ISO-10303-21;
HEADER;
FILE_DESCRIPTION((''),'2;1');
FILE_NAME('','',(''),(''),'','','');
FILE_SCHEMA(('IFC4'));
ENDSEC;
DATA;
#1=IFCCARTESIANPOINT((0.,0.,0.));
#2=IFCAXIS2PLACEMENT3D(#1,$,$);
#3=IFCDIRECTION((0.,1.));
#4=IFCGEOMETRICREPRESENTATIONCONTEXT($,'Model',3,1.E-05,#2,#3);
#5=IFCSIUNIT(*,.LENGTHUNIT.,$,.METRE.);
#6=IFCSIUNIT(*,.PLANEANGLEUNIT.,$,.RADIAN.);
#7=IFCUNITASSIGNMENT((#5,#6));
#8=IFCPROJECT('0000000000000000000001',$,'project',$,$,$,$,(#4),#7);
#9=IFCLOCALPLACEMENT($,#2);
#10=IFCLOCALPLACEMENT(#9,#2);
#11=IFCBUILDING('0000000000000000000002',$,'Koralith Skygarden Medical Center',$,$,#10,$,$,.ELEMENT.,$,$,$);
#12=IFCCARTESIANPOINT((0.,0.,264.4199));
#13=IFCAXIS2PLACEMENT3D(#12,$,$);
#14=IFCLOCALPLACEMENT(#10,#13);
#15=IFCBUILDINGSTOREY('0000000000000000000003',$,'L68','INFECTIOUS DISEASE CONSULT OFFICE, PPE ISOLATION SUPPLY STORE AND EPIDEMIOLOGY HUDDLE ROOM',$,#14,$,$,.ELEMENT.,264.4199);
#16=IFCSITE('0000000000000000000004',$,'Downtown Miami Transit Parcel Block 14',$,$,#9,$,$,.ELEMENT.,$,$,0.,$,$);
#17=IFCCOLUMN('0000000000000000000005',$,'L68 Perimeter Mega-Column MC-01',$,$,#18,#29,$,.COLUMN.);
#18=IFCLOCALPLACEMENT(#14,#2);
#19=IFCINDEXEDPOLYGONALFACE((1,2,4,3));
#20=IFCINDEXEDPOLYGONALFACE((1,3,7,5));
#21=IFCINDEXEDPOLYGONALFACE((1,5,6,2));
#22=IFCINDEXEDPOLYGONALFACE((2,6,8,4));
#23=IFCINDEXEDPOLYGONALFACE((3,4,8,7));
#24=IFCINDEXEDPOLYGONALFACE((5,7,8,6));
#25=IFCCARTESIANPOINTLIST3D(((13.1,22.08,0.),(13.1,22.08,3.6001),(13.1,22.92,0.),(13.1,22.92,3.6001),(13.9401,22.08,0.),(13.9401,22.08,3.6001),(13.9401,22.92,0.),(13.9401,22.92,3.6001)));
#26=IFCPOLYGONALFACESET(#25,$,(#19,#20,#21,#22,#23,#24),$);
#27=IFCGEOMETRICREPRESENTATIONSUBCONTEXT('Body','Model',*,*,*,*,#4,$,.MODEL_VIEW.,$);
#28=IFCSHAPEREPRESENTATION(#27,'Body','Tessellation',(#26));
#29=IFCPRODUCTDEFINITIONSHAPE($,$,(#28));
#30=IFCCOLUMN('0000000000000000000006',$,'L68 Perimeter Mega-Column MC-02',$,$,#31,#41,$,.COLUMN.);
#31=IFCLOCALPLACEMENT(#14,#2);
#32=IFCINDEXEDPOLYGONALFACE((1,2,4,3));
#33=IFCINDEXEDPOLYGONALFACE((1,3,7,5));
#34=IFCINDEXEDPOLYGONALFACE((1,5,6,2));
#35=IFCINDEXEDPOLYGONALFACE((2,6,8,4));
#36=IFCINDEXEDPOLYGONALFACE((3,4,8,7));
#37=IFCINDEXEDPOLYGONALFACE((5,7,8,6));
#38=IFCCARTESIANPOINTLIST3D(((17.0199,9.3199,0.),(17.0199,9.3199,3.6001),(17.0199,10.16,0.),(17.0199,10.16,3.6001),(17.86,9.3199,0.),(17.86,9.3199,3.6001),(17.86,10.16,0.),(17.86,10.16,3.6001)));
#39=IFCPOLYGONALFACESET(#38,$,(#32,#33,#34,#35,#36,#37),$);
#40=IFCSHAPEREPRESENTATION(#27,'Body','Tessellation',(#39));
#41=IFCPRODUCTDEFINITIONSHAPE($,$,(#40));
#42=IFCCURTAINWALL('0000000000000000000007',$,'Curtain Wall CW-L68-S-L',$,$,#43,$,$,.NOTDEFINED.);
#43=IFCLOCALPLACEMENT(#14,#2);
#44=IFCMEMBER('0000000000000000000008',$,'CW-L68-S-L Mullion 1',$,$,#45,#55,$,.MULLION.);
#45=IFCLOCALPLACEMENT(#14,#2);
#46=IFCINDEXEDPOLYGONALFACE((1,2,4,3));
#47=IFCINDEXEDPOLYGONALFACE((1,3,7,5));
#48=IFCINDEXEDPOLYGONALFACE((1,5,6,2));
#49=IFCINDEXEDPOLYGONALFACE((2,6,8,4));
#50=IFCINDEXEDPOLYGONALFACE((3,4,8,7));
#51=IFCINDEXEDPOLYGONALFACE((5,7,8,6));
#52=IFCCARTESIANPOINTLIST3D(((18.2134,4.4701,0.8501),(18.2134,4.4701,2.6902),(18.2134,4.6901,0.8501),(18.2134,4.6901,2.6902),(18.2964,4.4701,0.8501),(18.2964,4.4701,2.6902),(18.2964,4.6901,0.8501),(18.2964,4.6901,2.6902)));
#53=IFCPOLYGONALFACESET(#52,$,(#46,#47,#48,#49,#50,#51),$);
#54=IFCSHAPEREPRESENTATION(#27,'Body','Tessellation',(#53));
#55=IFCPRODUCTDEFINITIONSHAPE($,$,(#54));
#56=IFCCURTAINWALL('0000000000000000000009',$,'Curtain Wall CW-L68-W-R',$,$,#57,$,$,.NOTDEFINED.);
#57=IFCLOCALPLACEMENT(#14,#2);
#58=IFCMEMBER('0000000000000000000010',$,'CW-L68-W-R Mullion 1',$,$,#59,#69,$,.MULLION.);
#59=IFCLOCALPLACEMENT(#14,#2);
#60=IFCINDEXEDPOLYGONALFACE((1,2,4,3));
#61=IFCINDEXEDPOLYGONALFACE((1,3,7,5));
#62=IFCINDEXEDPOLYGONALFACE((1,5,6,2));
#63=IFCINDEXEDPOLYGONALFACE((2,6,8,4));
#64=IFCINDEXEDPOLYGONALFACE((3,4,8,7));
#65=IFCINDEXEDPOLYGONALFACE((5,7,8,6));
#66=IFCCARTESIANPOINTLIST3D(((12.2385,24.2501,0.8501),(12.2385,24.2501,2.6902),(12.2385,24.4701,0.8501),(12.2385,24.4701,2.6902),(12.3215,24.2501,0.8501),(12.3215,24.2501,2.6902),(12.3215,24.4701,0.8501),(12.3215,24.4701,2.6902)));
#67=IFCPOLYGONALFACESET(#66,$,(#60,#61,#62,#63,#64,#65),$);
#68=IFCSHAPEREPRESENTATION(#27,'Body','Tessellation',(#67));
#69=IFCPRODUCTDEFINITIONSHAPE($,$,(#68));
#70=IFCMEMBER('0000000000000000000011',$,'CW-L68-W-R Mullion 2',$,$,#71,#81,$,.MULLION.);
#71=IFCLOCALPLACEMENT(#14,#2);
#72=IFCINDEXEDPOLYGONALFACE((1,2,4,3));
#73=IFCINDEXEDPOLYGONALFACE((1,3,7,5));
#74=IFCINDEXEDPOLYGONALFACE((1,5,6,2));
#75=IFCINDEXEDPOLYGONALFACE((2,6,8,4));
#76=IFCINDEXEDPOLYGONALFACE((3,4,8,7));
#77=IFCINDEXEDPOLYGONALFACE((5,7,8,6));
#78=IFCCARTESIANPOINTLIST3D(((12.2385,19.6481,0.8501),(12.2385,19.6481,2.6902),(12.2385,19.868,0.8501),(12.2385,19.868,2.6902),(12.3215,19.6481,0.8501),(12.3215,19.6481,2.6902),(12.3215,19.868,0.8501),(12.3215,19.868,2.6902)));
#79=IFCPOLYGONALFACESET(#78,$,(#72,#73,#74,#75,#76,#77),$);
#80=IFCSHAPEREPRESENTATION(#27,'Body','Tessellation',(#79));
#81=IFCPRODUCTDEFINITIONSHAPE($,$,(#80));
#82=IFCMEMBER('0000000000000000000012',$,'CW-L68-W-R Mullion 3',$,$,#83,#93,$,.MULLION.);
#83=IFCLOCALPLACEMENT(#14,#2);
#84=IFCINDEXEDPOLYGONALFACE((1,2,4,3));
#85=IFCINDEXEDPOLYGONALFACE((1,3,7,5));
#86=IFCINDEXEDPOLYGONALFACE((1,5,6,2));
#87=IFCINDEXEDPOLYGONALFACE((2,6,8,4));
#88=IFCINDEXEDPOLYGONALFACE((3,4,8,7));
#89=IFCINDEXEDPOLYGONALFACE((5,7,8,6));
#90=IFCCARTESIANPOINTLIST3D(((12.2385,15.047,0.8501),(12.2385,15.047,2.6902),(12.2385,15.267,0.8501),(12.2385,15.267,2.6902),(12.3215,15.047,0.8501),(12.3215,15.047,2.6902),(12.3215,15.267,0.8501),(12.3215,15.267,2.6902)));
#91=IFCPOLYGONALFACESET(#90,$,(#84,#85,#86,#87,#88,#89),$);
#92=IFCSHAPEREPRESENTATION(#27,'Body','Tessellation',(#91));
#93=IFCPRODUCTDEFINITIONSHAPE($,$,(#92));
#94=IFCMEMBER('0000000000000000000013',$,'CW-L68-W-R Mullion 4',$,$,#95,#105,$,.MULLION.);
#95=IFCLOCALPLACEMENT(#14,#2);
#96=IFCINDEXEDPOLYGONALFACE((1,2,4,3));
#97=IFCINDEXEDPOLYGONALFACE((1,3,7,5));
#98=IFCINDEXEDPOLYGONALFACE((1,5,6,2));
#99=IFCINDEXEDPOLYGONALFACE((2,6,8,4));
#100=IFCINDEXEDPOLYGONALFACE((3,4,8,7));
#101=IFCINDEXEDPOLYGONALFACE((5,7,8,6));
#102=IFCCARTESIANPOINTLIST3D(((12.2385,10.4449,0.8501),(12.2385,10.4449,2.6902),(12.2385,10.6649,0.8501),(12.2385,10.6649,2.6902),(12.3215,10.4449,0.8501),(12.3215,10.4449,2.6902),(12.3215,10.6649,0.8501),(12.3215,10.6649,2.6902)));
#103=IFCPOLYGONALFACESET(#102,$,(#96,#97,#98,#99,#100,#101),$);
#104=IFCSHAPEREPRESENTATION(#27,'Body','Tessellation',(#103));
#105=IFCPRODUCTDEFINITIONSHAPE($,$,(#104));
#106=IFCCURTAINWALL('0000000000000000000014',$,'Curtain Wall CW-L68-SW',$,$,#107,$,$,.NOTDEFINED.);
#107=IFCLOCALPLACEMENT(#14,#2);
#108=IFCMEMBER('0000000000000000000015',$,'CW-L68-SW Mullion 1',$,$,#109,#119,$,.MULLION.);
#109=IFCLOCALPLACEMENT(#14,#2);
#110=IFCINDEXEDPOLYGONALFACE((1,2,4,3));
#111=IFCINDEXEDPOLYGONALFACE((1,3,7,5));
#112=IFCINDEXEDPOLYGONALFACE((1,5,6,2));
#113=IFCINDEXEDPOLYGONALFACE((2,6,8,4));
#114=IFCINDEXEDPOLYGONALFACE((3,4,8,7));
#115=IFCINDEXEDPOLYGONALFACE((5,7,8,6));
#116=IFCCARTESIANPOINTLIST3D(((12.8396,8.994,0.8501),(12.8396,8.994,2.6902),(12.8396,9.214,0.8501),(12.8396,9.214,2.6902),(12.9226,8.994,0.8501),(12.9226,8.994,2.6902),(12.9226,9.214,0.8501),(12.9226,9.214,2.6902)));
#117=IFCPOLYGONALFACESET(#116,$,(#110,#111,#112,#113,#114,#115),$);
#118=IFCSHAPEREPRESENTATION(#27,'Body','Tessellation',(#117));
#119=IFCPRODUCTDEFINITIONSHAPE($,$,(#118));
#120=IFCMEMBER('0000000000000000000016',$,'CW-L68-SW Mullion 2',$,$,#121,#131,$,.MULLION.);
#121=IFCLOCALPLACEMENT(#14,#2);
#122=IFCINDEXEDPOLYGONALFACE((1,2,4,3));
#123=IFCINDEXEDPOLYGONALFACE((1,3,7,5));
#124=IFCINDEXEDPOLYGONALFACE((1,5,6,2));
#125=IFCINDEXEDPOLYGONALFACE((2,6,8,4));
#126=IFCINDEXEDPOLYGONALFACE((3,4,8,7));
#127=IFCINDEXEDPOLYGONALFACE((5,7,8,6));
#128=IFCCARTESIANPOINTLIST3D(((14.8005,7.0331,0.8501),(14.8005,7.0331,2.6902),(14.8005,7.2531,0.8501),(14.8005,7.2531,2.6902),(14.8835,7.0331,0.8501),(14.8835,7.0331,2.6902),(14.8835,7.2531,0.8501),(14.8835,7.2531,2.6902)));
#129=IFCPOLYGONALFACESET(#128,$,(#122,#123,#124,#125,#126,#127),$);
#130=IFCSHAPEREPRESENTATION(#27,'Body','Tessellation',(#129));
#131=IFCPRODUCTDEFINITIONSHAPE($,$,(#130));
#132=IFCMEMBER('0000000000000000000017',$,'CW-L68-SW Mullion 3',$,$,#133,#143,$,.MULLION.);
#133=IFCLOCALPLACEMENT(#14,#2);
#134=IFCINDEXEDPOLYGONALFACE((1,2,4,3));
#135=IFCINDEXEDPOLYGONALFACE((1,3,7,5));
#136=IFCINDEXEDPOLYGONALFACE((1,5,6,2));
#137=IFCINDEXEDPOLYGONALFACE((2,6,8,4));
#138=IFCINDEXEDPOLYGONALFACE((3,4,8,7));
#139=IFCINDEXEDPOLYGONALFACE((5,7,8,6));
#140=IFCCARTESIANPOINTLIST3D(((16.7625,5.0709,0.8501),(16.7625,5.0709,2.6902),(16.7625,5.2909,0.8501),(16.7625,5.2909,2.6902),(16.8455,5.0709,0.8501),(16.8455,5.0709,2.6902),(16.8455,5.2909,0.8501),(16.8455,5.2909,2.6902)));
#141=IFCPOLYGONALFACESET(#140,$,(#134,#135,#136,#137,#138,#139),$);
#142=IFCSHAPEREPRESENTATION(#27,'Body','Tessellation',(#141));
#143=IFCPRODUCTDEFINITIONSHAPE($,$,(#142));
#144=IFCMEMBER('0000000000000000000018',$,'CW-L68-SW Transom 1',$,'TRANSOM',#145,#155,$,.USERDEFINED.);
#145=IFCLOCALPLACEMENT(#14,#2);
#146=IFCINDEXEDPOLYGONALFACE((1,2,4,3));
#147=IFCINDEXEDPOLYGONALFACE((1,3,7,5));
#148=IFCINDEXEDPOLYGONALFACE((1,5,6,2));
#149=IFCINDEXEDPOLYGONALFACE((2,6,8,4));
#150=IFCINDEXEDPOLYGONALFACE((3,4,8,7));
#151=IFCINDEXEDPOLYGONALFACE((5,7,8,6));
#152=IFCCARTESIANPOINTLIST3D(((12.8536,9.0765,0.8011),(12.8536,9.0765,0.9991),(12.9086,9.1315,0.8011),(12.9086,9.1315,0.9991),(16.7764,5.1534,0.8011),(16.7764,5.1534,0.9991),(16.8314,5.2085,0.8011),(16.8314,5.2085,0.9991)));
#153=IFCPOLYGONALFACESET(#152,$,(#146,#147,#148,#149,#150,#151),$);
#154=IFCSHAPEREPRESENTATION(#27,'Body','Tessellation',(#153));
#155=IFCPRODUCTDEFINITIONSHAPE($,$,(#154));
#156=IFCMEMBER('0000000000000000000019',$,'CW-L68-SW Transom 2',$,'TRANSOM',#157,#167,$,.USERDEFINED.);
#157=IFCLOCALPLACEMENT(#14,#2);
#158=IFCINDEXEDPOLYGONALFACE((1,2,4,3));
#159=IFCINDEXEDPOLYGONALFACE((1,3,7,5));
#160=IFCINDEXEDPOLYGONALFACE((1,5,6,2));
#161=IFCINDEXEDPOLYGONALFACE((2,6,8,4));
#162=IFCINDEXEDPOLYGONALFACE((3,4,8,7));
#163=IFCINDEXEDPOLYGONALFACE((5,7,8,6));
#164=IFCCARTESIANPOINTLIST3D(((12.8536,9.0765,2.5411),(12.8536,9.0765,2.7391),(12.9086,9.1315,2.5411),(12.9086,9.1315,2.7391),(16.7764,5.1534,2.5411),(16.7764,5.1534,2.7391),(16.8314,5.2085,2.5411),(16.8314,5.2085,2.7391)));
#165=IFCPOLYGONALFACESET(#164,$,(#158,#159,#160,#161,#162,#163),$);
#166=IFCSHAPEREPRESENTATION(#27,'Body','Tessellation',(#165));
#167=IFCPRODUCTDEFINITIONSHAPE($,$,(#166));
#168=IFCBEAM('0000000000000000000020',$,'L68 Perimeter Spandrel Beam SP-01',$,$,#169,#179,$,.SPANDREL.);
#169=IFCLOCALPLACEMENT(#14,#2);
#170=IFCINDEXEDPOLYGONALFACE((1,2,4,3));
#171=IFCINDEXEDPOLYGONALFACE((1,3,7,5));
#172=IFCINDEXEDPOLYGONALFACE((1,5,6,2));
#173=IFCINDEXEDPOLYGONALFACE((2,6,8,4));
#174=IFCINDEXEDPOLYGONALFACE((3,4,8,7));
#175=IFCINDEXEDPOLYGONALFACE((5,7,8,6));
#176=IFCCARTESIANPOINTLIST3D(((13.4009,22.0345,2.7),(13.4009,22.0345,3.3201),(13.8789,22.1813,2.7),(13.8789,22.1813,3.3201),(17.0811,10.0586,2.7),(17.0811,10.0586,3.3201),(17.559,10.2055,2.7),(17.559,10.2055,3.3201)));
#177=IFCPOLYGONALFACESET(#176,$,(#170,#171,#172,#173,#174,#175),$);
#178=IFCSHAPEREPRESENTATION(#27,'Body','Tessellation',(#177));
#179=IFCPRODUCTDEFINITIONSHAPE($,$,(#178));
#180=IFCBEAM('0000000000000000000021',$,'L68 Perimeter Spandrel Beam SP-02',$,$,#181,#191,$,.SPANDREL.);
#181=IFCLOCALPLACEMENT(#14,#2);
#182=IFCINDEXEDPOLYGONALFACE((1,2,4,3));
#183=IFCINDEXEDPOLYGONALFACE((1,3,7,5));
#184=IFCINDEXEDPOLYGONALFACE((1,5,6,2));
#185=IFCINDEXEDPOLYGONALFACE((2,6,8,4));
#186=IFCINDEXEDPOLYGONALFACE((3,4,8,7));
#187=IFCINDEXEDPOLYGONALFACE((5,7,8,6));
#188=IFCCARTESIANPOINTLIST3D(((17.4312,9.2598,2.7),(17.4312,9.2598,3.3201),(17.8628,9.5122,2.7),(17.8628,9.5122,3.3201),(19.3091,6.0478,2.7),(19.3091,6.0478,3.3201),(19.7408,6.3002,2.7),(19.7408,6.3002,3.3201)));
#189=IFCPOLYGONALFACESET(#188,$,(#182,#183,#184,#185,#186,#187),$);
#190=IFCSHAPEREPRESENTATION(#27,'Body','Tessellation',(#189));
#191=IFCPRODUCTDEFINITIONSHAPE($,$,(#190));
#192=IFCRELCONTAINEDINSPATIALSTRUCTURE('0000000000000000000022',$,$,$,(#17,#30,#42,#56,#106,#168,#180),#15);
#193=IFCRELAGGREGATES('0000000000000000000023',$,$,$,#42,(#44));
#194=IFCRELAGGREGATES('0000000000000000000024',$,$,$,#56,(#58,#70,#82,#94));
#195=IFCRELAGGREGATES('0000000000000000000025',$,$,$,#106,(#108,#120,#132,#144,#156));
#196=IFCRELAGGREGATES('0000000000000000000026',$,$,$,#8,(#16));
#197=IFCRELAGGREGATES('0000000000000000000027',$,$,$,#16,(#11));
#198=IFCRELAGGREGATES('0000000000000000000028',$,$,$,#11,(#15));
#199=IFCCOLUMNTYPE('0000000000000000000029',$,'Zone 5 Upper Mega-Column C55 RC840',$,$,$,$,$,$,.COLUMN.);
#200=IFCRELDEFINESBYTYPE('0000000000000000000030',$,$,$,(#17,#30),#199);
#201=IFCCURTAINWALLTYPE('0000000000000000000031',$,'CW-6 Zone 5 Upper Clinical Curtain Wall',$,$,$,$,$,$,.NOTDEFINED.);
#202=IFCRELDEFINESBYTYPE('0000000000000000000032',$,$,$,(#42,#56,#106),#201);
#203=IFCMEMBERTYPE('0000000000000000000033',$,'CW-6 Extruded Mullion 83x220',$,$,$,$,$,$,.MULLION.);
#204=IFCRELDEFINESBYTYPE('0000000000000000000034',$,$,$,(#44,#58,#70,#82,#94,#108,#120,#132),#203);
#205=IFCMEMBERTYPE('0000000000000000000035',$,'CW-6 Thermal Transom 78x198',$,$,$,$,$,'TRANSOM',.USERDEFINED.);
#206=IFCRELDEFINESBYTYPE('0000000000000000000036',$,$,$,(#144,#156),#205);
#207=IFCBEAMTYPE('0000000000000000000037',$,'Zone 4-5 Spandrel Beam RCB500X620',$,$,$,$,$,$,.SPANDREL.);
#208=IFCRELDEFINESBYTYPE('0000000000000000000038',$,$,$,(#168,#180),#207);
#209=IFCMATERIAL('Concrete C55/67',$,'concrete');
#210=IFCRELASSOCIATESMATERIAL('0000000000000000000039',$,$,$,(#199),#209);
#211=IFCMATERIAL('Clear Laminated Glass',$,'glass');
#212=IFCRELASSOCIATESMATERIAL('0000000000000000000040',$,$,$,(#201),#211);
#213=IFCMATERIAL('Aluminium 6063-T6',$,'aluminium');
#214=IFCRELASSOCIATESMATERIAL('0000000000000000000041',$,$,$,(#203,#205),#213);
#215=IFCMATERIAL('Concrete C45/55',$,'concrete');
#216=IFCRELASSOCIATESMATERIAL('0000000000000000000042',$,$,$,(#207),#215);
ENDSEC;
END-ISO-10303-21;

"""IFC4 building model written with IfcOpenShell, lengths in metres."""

from ifc_helpers import new_model, si_unit, direction, frame, origin, origin_2d, place, context, subcontext, project, spatial, rectangle, extrude, material, material_profile, profile_set, type_object, element, aggregate, save


model = new_model("IFC4")

# Units and contexts
model_context = context("Model", 3, precision=1e-05, world=origin(), true_north=direction((0.0, 1.0)))
body_context = subcontext(model_context, "Body", "Model", "MODEL_VIEW")
ifc_project = project(units=[si_unit("LENGTHUNIT", "METRE"), si_unit("PLANEANGLEUNIT", "RADIAN")], contexts=[model_context])

# Site, building, storey
site_placement = place(None, origin())
site = spatial("IfcSite", under=ifc_project, at=site_placement, Name="Downtown Miami Transit Parcel Block 14", CompositionType="ELEMENT", RefElevation=0.0)
building_placement = place(site_placement, origin())
building = spatial("IfcBuilding", under=site, at=building_placement, Name="Koralith Skygarden Medical Center", CompositionType="ELEMENT")
storey_placement = place(building_placement, frame((0.0, 0.0, 264.4199)))
storey = spatial("IfcBuildingStorey", under=building, at=storey_placement, Name="L68", Description="INFECTIOUS DISEASE CONSULT OFFICE, PPE ISOLATION SUPPLY STORE AND EPIDEMIOLOGY HUDDLE ROOM", CompositionType="ELEMENT", Elevation=264.4199)

# Columns
ifc_material_1 = material(Name="Concrete C55/67", Category="concrete")
ifc_material_profile_1 = material_profile(ifc_material_1, rectangle(XDim=0.8401, YDim=0.8401, at=origin_2d()), Name="RC840X840")
ifc_profile_set_1 = profile_set([ifc_material_profile_1], Name="Concrete C55/67")
column_type = type_object("IfcColumnType", Name="Zone 5 Upper Mega-Column C55 RC840", PredefinedType="COLUMN", material=ifc_profile_set_1)
for number, where, z_axis, x_axis, name in (
    (1, (13.52, 22.5, 0.0), (0.0, 0.0, 1.0), (1.0, 0.0, 0.0), "L68 Perimeter Mega-Column MC-01"),
    (2, (17.4399, 9.74, 0.0), (0.0, 0.0, 1.0), (1.0, 0.0, 0.0), "L68 Perimeter Mega-Column MC-02"),
):
    element("IfcColumn", number, at=place(storey_placement, frame(where, z_axis=z_axis, x_axis=x_axis)), inside=storey, type_object=column_type, Name=name, PredefinedType="COLUMN", context=body_context, shape_type="SweptSolid", body=[
        extrude(rectangle(XDim=0.8401, YDim=0.8401, at=origin_2d()), origin(), (0.0, 0.0, 1.0), 3.6001),
    ])

# Curtain wall, member
ifc_material_2 = material(Name="Clear Laminated Glass", Category="glass")
curtain_wall_type = type_object("IfcCurtainWallType", Name="CW-6 Zone 5 Upper Clinical Curtain Wall", PredefinedType="NOTDEFINED", material=ifc_material_2)
curtain_wall_1_placement = place(storey_placement, origin())
curtain_wall_1 = element("IfcCurtainWall", 3, at=curtain_wall_1_placement, inside=storey, type_object=curtain_wall_type, Name="Curtain Wall CW-L68-S-L", PredefinedType="NOTDEFINED")
ifc_material_3 = material(Name="Aluminium 6063-T6", Category="aluminium")
ifc_material_profile_2 = material_profile(ifc_material_3, rectangle(XDim=0.083, YDim=0.22, at=origin_2d()), Name="MUL83X220")
ifc_profile_set_2 = profile_set([ifc_material_profile_2], Name="Aluminium 6063-T6")
member_type_1 = type_object("IfcMemberType", Name="CW-6 Extruded Mullion 83x220", PredefinedType="MULLION", material=ifc_profile_set_2)
member_1_placement = place(storey_placement, frame((18.2549, 4.5801, 0.8501), z_axis=(0.0, 0.0, 1.0), x_axis=(1.0, 0.0, 0.0)))
member_1 = element("IfcMember", 4, at=member_1_placement, type_object=member_type_1, Name="CW-L68-S-L Mullion 1", PredefinedType="MULLION", context=body_context, shape_type="SweptSolid", body=[
    extrude(rectangle(XDim=0.083, YDim=0.22, at=origin_2d()), origin(), (0.0, 0.0, 1.0), 1.8401),
])
aggregate(curtain_wall_1, [member_1])

# Curtain walls, members
curtain_wall_2_placement = place(storey_placement, origin())
curtain_wall_2 = element("IfcCurtainWall", 5, at=curtain_wall_2_placement, inside=storey, type_object=curtain_wall_type, Name="Curtain Wall CW-L68-W-R", PredefinedType="NOTDEFINED")
member_2_placement = place(storey_placement, frame((12.28, 24.3601, 0.8501), z_axis=(0.0, 0.0, 1.0), x_axis=(1.0, 0.0, 0.0)))
member_2 = element("IfcMember", 6, at=member_2_placement, type_object=member_type_1, Name="CW-L68-W-R Mullion 1", PredefinedType="MULLION", context=body_context, shape_type="SweptSolid", body=[
    extrude(rectangle(XDim=0.083, YDim=0.22, at=origin_2d()), origin(), (0.0, 0.0, 1.0), 1.8401),
])
member_3_placement = place(storey_placement, frame((12.28, 19.7581, 0.8501), z_axis=(0.0, 0.0, 1.0), x_axis=(1.0, 0.0, 0.0)))
member_3 = element("IfcMember", 7, at=member_3_placement, type_object=member_type_1, Name="CW-L68-W-R Mullion 2", PredefinedType="MULLION", context=body_context, shape_type="SweptSolid", body=[
    extrude(rectangle(XDim=0.083, YDim=0.22, at=origin_2d()), origin(), (0.0, 0.0, 1.0), 1.8401),
])
member_4_placement = place(storey_placement, frame((12.28, 15.157, 0.8501), z_axis=(0.0, 0.0, 1.0), x_axis=(1.0, 0.0, 0.0)))
member_4 = element("IfcMember", 8, at=member_4_placement, type_object=member_type_1, Name="CW-L68-W-R Mullion 3", PredefinedType="MULLION", context=body_context, shape_type="SweptSolid", body=[
    extrude(rectangle(XDim=0.083, YDim=0.22, at=origin_2d()), origin(), (0.0, 0.0, 1.0), 1.8401),
])
member_5_placement = place(storey_placement, frame((12.28, 10.5549, 0.8501), z_axis=(0.0, 0.0, 1.0), x_axis=(1.0, 0.0, 0.0)))
member_5 = element("IfcMember", 9, at=member_5_placement, type_object=member_type_1, Name="CW-L68-W-R Mullion 4", PredefinedType="MULLION", context=body_context, shape_type="SweptSolid", body=[
    extrude(rectangle(XDim=0.083, YDim=0.22, at=origin_2d()), origin(), (0.0, 0.0, 1.0), 1.8401),
])
curtain_wall_3_placement = place(storey_placement, origin())
curtain_wall_3 = element("IfcCurtainWall", 10, at=curtain_wall_3_placement, inside=storey, type_object=curtain_wall_type, Name="Curtain Wall CW-L68-SW", PredefinedType="NOTDEFINED")
member_6_placement = place(storey_placement, frame((12.8811, 9.104, 0.8501), z_axis=(0.0, 0.0, 1.0), x_axis=(1.0, 0.0, 0.0)))
member_6 = element("IfcMember", 11, at=member_6_placement, type_object=member_type_1, Name="CW-L68-SW Mullion 1", PredefinedType="MULLION", context=body_context, shape_type="SweptSolid", body=[
    extrude(rectangle(XDim=0.083, YDim=0.22, at=origin_2d()), origin(), (0.0, 0.0, 1.0), 1.8401),
])
member_7_placement = place(storey_placement, frame((14.842, 7.1431, 0.8501), z_axis=(0.0, 0.0, 1.0), x_axis=(1.0, 0.0, 0.0)))
member_7 = element("IfcMember", 12, at=member_7_placement, type_object=member_type_1, Name="CW-L68-SW Mullion 2", PredefinedType="MULLION", context=body_context, shape_type="SweptSolid", body=[
    extrude(rectangle(XDim=0.083, YDim=0.22, at=origin_2d()), origin(), (0.0, 0.0, 1.0), 1.8401),
])
member_8_placement = place(storey_placement, frame((16.804, 5.1809, 0.8501), z_axis=(0.0, 0.0, 1.0), x_axis=(1.0, 0.0, 0.0)))
member_8 = element("IfcMember", 13, at=member_8_placement, type_object=member_type_1, Name="CW-L68-SW Mullion 3", PredefinedType="MULLION", context=body_context, shape_type="SweptSolid", body=[
    extrude(rectangle(XDim=0.083, YDim=0.22, at=origin_2d()), origin(), (0.0, 0.0, 1.0), 1.8401),
])
ifc_material_profile_3 = material_profile(ifc_material_3, rectangle(XDim=0.0779, YDim=0.198, at=origin_2d()), Name="TRN78X198")
ifc_profile_set_3 = profile_set([ifc_material_profile_3], Name="Aluminium 6063-T6")
member_type_2 = type_object("IfcMemberType", Name="CW-6 Thermal Transom 78x198", ElementType="TRANSOM", PredefinedType="USERDEFINED", material=ifc_profile_set_3)
member_9_placement = place(storey_placement, frame((12.8811, 9.104, 0.9001), z_axis=(0.707085, -0.707129, 0.0), x_axis=(0.707129, 0.707085, 0.0)))
member_9 = element("IfcMember", 14, at=member_9_placement, type_object=member_type_2, Name="CW-L68-SW Transom 1", ObjectType="TRANSOM", PredefinedType="USERDEFINED", context=body_context, shape_type="SweptSolid", body=[
    extrude(rectangle(XDim=0.0779, YDim=0.198, at=origin_2d()), origin(), (0.0, 0.0, 1.0), 5.5479),
])
member_10_placement = place(storey_placement, frame((12.8811, 9.104, 2.6401), z_axis=(0.707085, -0.707129, 0.0), x_axis=(0.707129, 0.707085, 0.0)))
member_10 = element("IfcMember", 15, at=member_10_placement, type_object=member_type_2, Name="CW-L68-SW Transom 2", ObjectType="TRANSOM", PredefinedType="USERDEFINED", context=body_context, shape_type="SweptSolid", body=[
    extrude(rectangle(XDim=0.0779, YDim=0.198, at=origin_2d()), origin(), (0.0, 0.0, 1.0), 5.5479),
])

# Beams
ifc_material_4 = material(Name="Concrete C45/55", Category="concrete")
ifc_material_profile_4 = material_profile(ifc_material_4, rectangle(XDim=0.5, YDim=0.6201, at=origin_2d()), Name="RCB500X620")
ifc_profile_set_4 = profile_set([ifc_material_profile_4], Name="Concrete C45/55")
beam_type = type_object("IfcBeamType", Name="Zone 4-5 Spandrel Beam RCB500X620", PredefinedType="SPANDREL", material=ifc_profile_set_4)
beam_1_placement = place(storey_placement, frame((13.6399, 22.1079, 3.01), z_axis=(0.293743, -0.955884, 0.0), x_axis=(0.955884, 0.293743, 0.0)))
element("IfcBeam", 16, at=beam_1_placement, inside=storey, type_object=beam_type, Name="L68 Perimeter Spandrel Beam SP-01", PredefinedType="SPANDREL", context=body_context, shape_type="SweptSolid", body=[
    extrude(rectangle(XDim=0.5, YDim=0.6201, at=origin_2d()), origin(), (0.0, 0.0, 1.0), 12.5286),
])
beam_2_placement = place(storey_placement, frame((17.647, 9.386, 3.01), z_axis=(0.504736, -0.863274, 0.0), x_axis=(0.863274, 0.504736, 0.0)))
element("IfcBeam", 17, at=beam_2_placement, inside=storey, type_object=beam_type, Name="L68 Perimeter Spandrel Beam SP-02", PredefinedType="SPANDREL", context=body_context, shape_type="SweptSolid", body=[
    extrude(rectangle(XDim=0.5, YDim=0.6201, at=origin_2d()), origin(), (0.0, 0.0, 1.0), 3.7207),
])

aggregate(curtain_wall_2, [member_2, member_3, member_4, member_5])
aggregate(curtain_wall_3, [member_6, member_7, member_8, member_9, member_10])

save(model, "model.ifc")
